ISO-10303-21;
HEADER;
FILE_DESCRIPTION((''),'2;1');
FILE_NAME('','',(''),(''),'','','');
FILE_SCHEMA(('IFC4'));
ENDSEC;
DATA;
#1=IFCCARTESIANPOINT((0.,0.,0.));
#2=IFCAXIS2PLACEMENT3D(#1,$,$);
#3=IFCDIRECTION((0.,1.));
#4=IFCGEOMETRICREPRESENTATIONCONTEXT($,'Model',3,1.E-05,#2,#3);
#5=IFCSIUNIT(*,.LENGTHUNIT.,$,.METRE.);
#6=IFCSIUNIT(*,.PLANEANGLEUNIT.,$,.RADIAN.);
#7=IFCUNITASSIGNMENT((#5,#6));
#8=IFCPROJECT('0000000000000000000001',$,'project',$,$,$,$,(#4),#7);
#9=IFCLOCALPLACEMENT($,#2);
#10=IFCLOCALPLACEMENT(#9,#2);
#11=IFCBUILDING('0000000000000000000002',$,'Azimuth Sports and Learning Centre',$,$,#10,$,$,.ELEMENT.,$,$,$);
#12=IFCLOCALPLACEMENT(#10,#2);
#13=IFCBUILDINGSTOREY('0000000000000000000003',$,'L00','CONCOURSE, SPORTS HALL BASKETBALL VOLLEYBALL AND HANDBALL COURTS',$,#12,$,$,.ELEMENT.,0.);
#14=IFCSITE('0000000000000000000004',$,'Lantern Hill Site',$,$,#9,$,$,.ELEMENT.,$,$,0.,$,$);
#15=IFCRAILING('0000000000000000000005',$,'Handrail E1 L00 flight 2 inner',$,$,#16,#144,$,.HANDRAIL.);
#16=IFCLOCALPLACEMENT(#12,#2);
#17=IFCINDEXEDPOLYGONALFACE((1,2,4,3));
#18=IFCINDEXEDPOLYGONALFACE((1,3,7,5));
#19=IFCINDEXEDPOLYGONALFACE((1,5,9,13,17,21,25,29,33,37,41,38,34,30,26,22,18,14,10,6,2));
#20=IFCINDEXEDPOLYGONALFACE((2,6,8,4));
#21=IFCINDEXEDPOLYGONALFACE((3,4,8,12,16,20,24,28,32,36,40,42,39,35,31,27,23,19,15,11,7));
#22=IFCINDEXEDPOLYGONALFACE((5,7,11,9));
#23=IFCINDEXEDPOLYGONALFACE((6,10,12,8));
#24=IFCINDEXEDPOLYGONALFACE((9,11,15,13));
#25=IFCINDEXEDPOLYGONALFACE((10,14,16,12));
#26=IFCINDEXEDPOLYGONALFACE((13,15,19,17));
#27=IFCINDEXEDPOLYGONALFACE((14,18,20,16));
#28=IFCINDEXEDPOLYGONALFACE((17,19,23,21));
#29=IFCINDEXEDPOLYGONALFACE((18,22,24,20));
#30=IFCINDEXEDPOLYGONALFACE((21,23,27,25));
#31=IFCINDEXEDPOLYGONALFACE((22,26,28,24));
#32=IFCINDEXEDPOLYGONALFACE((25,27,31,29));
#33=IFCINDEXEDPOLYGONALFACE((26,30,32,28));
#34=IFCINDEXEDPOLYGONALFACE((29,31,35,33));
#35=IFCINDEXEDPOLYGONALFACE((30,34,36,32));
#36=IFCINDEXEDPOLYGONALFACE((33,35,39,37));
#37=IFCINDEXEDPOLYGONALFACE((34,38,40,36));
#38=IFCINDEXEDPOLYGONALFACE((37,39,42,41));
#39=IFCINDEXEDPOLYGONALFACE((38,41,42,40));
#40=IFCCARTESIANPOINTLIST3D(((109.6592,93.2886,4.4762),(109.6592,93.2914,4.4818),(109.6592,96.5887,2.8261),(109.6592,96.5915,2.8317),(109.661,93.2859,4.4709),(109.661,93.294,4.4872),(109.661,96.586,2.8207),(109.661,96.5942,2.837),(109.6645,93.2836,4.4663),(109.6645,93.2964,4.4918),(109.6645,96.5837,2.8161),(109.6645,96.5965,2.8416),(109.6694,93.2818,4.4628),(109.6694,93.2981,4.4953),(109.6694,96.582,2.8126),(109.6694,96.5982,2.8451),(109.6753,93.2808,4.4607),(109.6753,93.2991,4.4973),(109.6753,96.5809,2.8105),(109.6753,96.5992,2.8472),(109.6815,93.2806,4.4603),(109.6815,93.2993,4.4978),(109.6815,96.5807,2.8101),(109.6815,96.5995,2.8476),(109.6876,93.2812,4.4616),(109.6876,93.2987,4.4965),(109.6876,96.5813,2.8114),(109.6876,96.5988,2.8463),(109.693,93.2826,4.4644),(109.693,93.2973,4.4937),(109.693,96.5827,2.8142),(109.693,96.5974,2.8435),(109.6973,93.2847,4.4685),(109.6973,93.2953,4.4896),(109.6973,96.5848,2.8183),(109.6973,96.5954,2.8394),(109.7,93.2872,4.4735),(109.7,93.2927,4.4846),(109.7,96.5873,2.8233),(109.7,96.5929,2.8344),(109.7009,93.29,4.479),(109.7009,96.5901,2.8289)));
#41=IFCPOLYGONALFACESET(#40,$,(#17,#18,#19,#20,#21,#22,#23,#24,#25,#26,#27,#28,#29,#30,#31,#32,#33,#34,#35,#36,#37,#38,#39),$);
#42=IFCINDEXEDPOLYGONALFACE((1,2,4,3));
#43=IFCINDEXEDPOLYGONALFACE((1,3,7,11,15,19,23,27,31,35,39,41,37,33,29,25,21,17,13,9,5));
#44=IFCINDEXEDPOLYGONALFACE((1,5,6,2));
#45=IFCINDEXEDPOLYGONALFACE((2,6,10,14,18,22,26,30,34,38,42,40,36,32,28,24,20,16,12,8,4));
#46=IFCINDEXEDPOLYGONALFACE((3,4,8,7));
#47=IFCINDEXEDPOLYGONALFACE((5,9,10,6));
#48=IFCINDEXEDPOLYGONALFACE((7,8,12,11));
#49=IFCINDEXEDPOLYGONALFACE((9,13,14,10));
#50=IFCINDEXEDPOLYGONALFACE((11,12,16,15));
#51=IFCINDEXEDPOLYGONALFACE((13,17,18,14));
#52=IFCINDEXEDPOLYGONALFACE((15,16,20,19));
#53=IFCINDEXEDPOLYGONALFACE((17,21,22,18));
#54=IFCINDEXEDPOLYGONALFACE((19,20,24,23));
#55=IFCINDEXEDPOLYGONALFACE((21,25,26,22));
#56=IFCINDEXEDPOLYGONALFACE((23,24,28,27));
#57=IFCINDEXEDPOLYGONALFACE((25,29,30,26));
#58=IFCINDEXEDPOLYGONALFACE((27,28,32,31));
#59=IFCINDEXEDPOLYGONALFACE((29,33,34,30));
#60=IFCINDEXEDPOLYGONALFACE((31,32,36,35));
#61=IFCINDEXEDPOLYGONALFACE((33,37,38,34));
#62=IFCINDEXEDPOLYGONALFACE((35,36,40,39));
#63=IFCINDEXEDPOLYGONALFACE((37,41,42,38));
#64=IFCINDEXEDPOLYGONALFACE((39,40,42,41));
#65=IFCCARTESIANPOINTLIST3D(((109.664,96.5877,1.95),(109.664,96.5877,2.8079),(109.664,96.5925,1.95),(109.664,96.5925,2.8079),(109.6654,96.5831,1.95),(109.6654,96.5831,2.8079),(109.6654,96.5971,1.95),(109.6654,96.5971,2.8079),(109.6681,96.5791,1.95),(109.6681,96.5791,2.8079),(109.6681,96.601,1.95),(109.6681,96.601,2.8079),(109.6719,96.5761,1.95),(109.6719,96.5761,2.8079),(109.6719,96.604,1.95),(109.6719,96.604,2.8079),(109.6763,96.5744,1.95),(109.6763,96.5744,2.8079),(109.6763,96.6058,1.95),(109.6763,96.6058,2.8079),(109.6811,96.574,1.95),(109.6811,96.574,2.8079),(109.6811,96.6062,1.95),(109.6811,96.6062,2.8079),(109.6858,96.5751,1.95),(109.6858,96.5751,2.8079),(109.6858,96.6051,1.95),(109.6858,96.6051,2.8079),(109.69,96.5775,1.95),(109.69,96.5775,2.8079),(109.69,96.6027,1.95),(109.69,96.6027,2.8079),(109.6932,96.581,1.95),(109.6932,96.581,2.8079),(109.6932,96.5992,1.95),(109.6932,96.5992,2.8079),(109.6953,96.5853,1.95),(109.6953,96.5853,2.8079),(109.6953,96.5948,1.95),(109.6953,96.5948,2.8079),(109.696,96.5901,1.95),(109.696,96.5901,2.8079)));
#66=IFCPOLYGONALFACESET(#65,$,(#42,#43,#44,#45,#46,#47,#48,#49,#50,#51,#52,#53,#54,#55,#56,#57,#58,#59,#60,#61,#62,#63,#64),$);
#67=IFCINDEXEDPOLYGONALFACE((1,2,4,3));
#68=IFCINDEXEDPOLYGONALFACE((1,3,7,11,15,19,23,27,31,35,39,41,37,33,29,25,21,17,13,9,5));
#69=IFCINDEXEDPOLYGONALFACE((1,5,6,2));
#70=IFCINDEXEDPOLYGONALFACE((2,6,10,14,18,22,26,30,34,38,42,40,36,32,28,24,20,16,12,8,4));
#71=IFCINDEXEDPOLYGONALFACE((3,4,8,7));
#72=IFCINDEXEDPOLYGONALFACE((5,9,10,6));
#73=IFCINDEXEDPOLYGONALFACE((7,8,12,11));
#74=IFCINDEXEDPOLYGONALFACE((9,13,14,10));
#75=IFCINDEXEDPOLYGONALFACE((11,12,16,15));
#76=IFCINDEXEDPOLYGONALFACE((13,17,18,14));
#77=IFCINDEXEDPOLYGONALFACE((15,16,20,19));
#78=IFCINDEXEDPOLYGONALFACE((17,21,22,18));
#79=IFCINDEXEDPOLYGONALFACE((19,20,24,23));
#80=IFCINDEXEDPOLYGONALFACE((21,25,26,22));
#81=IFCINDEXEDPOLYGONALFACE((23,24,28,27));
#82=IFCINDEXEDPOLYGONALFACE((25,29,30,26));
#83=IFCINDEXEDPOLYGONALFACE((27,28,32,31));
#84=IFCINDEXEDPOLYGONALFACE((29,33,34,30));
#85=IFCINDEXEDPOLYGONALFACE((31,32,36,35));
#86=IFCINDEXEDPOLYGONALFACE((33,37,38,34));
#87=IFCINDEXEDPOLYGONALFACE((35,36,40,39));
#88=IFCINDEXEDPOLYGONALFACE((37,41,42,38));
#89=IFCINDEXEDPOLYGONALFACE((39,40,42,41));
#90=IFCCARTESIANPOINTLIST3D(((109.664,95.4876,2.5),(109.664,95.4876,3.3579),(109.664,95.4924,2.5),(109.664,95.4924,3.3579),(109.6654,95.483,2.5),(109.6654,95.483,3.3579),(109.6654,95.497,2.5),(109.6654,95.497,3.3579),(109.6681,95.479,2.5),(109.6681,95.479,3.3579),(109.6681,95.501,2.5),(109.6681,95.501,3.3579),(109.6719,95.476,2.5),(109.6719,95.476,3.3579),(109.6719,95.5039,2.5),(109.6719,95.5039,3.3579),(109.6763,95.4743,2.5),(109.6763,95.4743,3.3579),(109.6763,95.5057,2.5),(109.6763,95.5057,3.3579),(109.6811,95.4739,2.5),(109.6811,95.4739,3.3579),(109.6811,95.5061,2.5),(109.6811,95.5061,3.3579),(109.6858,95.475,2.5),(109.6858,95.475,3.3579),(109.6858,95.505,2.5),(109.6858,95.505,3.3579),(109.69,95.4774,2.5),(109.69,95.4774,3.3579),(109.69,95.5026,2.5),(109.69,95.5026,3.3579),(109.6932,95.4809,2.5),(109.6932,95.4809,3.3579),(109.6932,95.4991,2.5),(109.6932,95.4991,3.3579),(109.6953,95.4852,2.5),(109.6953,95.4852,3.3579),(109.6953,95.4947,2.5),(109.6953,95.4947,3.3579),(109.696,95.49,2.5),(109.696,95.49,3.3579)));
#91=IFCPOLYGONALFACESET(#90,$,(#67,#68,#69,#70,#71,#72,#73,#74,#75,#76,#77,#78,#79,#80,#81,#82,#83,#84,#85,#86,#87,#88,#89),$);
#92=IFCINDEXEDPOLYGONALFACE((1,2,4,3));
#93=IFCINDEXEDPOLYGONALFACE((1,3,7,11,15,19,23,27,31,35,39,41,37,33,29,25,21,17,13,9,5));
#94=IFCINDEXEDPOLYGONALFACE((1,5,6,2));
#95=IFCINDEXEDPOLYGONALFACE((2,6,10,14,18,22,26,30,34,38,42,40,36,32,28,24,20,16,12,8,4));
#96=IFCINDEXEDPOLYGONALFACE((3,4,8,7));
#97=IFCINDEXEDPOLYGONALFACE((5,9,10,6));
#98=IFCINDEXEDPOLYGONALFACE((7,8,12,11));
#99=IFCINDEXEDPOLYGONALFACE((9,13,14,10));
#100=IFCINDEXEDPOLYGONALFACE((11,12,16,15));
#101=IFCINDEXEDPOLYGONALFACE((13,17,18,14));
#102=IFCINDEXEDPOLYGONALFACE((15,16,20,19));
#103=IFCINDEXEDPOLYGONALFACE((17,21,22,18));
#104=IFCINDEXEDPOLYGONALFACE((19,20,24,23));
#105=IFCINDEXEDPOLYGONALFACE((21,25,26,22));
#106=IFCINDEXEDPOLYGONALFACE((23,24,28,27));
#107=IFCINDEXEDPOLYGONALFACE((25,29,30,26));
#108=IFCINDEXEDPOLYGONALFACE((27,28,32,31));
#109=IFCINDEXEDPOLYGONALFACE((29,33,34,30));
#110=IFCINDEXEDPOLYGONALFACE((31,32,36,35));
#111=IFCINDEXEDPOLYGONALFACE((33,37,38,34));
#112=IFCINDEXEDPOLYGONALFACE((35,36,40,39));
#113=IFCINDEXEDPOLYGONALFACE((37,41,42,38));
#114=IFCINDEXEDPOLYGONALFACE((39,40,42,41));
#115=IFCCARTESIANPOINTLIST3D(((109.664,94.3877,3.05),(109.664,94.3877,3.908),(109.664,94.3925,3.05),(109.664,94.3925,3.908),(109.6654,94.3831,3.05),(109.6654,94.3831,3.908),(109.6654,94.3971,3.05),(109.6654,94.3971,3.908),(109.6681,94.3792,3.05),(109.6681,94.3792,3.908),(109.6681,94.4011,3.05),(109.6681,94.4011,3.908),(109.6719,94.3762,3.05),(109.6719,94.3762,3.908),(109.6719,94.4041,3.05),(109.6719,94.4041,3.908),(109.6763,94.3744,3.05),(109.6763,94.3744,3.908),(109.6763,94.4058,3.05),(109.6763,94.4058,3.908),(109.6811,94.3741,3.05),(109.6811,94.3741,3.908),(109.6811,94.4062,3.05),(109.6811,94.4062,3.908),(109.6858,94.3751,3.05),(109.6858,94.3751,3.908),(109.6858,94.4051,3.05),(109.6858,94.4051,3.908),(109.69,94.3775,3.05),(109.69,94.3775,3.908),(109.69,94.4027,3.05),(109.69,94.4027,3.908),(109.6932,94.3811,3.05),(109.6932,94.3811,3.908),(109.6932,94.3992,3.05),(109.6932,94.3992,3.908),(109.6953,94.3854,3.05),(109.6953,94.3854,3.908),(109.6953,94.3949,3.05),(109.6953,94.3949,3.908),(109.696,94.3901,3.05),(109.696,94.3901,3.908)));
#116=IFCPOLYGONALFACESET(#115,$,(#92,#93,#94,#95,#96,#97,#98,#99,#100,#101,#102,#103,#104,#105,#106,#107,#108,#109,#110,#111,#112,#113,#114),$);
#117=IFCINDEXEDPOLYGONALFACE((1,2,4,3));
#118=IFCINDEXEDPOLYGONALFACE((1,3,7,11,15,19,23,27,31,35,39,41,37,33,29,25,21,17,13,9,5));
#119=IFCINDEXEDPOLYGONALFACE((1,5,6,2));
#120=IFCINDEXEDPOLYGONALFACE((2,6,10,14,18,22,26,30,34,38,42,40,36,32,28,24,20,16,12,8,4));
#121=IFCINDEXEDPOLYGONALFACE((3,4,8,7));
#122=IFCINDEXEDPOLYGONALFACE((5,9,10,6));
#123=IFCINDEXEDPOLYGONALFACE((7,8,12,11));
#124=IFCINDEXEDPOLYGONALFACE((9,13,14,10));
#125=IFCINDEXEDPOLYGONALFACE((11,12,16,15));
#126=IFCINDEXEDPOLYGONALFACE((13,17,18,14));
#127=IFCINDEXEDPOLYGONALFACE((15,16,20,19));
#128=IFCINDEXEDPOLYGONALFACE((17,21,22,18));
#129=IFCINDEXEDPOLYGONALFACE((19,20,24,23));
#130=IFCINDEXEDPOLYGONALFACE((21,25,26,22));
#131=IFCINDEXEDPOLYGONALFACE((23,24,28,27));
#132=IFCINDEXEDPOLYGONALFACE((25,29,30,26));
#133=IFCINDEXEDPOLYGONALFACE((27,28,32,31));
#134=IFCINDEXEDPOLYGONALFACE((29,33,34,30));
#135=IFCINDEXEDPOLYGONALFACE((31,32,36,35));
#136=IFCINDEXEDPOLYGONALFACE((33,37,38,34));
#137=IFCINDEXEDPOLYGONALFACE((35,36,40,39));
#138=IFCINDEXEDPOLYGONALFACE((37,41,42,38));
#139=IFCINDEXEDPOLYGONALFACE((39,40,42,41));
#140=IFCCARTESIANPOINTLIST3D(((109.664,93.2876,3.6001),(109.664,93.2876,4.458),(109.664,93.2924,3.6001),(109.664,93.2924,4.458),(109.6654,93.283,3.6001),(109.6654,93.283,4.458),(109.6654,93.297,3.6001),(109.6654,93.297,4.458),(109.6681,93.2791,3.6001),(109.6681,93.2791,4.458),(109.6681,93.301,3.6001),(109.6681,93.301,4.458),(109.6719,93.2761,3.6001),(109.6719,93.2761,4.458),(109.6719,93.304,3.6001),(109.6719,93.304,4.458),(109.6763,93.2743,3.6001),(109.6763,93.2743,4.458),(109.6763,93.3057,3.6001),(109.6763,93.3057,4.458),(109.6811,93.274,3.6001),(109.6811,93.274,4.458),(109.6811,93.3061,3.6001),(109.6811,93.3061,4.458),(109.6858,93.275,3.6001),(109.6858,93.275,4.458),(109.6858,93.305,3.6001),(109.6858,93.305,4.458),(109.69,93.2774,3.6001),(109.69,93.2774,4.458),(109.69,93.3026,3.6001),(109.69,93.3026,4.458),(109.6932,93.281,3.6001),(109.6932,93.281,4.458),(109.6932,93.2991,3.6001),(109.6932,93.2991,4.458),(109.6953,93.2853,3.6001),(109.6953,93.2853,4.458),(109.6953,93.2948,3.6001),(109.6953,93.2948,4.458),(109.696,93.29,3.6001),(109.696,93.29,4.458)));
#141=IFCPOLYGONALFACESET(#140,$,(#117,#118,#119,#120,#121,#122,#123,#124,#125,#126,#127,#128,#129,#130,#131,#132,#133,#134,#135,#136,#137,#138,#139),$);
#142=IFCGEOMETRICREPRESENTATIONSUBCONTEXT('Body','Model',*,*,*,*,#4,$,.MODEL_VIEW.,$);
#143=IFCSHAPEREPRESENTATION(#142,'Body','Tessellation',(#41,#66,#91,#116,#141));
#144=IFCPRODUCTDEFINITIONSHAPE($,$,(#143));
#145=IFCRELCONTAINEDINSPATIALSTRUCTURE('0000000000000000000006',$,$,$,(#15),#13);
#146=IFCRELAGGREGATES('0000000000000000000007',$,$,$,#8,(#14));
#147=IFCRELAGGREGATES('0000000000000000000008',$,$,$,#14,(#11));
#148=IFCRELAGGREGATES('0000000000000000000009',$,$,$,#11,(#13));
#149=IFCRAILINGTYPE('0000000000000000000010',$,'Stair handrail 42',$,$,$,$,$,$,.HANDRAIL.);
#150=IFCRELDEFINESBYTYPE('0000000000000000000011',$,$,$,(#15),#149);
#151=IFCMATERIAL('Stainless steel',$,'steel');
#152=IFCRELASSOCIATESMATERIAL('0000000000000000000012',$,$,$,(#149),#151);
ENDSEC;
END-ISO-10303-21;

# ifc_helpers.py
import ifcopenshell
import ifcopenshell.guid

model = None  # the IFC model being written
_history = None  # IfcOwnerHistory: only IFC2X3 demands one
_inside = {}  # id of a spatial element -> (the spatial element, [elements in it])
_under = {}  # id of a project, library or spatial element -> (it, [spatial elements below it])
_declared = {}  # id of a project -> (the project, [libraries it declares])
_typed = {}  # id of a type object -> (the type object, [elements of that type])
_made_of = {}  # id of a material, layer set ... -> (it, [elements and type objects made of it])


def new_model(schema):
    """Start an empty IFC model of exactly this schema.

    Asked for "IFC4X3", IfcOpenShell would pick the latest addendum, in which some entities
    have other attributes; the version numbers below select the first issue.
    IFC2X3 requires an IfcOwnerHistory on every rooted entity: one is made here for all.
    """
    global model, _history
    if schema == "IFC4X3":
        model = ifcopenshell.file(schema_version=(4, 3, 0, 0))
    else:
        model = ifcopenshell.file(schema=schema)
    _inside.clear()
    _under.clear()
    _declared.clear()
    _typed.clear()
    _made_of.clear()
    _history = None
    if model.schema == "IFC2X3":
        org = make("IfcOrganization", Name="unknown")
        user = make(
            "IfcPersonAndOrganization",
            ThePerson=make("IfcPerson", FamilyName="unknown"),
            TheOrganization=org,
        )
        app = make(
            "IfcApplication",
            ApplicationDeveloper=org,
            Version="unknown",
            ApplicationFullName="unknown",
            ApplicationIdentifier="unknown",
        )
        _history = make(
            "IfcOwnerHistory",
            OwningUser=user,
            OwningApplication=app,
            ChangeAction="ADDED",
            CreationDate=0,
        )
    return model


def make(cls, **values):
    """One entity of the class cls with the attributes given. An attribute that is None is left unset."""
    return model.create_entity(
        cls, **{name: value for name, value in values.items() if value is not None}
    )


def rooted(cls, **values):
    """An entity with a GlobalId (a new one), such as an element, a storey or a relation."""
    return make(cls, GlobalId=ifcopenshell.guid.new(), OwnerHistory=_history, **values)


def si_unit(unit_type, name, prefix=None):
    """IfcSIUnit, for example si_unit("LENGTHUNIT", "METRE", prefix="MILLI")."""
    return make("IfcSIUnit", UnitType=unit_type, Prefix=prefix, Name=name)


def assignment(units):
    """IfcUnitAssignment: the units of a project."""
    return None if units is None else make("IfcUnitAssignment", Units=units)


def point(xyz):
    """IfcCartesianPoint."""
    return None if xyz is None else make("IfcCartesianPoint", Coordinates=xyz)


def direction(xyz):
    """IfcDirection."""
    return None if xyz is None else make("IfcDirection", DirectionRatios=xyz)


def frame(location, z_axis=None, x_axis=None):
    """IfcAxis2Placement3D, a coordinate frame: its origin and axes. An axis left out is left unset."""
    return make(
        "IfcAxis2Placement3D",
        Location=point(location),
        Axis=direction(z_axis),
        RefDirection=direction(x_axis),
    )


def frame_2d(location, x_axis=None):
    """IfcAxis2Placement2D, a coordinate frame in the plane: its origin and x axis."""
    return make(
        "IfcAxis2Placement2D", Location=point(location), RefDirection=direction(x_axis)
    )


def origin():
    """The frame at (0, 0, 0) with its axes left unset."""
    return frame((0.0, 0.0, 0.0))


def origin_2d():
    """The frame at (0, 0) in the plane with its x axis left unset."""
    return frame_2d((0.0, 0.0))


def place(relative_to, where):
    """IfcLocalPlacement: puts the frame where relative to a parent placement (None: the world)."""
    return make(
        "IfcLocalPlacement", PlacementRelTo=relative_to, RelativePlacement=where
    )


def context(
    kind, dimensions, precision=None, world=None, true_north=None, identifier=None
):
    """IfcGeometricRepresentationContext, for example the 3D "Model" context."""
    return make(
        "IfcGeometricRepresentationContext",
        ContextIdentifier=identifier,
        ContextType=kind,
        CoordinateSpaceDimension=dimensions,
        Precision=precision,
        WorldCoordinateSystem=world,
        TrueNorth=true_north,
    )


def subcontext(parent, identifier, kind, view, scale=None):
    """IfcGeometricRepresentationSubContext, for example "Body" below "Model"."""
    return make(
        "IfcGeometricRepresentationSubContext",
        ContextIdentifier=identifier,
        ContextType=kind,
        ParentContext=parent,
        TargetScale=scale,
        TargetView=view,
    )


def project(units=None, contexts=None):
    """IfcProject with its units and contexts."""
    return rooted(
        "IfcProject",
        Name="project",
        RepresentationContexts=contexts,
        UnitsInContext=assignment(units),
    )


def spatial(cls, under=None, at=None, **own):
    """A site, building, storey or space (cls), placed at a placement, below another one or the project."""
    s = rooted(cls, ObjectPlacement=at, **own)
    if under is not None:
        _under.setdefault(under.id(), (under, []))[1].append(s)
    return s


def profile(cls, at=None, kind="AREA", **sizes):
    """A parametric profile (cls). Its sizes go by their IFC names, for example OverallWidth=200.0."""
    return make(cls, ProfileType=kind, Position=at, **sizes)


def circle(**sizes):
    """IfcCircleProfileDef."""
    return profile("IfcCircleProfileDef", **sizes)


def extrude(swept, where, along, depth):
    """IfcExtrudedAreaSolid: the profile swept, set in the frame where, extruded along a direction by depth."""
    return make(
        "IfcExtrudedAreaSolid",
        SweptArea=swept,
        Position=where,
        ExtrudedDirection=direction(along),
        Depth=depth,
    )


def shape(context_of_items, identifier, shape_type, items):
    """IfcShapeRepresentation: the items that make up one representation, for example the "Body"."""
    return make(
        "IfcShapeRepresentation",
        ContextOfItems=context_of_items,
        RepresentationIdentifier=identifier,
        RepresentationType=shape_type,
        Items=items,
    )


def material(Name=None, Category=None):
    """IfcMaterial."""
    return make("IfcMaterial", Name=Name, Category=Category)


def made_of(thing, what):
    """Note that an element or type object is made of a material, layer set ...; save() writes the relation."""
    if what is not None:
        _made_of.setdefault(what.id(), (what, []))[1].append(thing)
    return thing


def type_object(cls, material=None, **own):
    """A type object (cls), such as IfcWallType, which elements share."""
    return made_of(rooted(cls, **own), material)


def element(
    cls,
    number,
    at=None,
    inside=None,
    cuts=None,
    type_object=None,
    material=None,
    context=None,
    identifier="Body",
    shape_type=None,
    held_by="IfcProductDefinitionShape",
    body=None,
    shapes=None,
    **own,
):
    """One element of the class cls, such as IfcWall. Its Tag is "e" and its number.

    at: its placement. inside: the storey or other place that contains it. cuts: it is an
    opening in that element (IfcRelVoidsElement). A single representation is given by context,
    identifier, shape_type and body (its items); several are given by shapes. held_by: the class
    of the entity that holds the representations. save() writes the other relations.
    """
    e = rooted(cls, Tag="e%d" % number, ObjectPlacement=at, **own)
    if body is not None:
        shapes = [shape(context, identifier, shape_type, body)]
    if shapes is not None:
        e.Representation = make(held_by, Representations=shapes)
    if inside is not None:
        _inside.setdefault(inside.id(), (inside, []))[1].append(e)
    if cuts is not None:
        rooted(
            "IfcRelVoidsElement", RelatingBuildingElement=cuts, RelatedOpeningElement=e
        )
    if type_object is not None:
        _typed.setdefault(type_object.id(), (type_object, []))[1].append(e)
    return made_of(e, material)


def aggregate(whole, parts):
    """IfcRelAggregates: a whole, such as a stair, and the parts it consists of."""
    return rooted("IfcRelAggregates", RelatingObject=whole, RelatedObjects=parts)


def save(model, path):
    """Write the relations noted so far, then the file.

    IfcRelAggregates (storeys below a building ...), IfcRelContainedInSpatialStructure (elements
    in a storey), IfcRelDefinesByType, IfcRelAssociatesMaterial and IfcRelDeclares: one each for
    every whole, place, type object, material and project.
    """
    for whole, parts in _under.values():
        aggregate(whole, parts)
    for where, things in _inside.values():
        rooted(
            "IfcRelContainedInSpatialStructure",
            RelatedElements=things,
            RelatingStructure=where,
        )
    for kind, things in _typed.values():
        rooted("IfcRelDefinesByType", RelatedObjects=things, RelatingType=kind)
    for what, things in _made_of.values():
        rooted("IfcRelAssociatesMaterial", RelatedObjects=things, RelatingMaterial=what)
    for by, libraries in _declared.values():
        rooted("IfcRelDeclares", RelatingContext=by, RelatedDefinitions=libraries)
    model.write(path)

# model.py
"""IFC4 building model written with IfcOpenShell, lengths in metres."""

from ifc_helpers import new_model, si_unit, direction, frame, origin, origin_2d, place, context, subcontext, project, spatial, circle, extrude, material, type_object, element, save


model = new_model("IFC4")

# Units and contexts
model_context = context("Model", 3, precision=1e-05, world=origin(), true_north=direction((0.0, 1.0)))
body_context = subcontext(model_context, "Body", "Model", "MODEL_VIEW")
ifc_project = project(units=[si_unit("LENGTHUNIT", "METRE"), si_unit("PLANEANGLEUNIT", "RADIAN")], contexts=[model_context])

# Site, building, storey
site_placement = place(None, origin())
site = spatial("IfcSite", under=ifc_project, at=site_placement, Name="Lantern Hill Site", CompositionType="ELEMENT", RefElevation=0.0)
building_placement = place(site_placement, origin())
building = spatial("IfcBuilding", under=site, at=building_placement, Name="Azimuth Sports and Learning Centre", CompositionType="ELEMENT")
storey_placement = place(building_placement, origin())
storey = spatial("IfcBuildingStorey", under=building, at=storey_placement, Name="L00", Description="CONCOURSE, SPORTS HALL BASKETBALL VOLLEYBALL AND HANDBALL COURTS", CompositionType="ELEMENT", Elevation=0.0)

# Railing
ifc_material_1 = material(Name="Stainless steel", Category="steel")
railing_type_1 = type_object("IfcRailingType", Name="Stair handrail 42", PredefinedType="HANDRAIL", material=ifc_material_1)
railing_1_placement = place(storey_placement, frame((109.6799, 96.5901, 1.95)))
element("IfcRailing", 1, at=railing_1_placement, inside=storey, type_object=railing_type_1, Name="Handrail E1 L00 flight 2 inner", PredefinedType="HANDRAIL", context=body_context, shape_type="SweptSolid", body=[
    extrude(circle(Radius=0.021, at=origin_2d()), frame((0.0, 0.0, 0.8789), z_axis=(0.0, -0.894414, 0.44724), x_axis=(1.0, 0.0, 0.0)), (0.0, 0.0, 1.0), 3.6897),
    extrude(circle(Radius=0.0161, at=origin_2d()), origin(), (0.0, 0.0, 1.0), 0.8579),
    extrude(circle(Radius=0.0161, at=origin_2d()), frame((0.0, -1.1001, 0.55)), (0.0, 0.0, 1.0), 0.8579),
    extrude(circle(Radius=0.0161, at=origin_2d()), frame((0.0, -2.2, 1.1001)), (0.0, 0.0, 1.0), 0.8579),
    extrude(circle(Radius=0.0161, at=origin_2d()), frame((0.0, -3.3, 1.6501)), (0.0, 0.0, 1.0), 0.8579),
])

save(model, "model.ifc")
